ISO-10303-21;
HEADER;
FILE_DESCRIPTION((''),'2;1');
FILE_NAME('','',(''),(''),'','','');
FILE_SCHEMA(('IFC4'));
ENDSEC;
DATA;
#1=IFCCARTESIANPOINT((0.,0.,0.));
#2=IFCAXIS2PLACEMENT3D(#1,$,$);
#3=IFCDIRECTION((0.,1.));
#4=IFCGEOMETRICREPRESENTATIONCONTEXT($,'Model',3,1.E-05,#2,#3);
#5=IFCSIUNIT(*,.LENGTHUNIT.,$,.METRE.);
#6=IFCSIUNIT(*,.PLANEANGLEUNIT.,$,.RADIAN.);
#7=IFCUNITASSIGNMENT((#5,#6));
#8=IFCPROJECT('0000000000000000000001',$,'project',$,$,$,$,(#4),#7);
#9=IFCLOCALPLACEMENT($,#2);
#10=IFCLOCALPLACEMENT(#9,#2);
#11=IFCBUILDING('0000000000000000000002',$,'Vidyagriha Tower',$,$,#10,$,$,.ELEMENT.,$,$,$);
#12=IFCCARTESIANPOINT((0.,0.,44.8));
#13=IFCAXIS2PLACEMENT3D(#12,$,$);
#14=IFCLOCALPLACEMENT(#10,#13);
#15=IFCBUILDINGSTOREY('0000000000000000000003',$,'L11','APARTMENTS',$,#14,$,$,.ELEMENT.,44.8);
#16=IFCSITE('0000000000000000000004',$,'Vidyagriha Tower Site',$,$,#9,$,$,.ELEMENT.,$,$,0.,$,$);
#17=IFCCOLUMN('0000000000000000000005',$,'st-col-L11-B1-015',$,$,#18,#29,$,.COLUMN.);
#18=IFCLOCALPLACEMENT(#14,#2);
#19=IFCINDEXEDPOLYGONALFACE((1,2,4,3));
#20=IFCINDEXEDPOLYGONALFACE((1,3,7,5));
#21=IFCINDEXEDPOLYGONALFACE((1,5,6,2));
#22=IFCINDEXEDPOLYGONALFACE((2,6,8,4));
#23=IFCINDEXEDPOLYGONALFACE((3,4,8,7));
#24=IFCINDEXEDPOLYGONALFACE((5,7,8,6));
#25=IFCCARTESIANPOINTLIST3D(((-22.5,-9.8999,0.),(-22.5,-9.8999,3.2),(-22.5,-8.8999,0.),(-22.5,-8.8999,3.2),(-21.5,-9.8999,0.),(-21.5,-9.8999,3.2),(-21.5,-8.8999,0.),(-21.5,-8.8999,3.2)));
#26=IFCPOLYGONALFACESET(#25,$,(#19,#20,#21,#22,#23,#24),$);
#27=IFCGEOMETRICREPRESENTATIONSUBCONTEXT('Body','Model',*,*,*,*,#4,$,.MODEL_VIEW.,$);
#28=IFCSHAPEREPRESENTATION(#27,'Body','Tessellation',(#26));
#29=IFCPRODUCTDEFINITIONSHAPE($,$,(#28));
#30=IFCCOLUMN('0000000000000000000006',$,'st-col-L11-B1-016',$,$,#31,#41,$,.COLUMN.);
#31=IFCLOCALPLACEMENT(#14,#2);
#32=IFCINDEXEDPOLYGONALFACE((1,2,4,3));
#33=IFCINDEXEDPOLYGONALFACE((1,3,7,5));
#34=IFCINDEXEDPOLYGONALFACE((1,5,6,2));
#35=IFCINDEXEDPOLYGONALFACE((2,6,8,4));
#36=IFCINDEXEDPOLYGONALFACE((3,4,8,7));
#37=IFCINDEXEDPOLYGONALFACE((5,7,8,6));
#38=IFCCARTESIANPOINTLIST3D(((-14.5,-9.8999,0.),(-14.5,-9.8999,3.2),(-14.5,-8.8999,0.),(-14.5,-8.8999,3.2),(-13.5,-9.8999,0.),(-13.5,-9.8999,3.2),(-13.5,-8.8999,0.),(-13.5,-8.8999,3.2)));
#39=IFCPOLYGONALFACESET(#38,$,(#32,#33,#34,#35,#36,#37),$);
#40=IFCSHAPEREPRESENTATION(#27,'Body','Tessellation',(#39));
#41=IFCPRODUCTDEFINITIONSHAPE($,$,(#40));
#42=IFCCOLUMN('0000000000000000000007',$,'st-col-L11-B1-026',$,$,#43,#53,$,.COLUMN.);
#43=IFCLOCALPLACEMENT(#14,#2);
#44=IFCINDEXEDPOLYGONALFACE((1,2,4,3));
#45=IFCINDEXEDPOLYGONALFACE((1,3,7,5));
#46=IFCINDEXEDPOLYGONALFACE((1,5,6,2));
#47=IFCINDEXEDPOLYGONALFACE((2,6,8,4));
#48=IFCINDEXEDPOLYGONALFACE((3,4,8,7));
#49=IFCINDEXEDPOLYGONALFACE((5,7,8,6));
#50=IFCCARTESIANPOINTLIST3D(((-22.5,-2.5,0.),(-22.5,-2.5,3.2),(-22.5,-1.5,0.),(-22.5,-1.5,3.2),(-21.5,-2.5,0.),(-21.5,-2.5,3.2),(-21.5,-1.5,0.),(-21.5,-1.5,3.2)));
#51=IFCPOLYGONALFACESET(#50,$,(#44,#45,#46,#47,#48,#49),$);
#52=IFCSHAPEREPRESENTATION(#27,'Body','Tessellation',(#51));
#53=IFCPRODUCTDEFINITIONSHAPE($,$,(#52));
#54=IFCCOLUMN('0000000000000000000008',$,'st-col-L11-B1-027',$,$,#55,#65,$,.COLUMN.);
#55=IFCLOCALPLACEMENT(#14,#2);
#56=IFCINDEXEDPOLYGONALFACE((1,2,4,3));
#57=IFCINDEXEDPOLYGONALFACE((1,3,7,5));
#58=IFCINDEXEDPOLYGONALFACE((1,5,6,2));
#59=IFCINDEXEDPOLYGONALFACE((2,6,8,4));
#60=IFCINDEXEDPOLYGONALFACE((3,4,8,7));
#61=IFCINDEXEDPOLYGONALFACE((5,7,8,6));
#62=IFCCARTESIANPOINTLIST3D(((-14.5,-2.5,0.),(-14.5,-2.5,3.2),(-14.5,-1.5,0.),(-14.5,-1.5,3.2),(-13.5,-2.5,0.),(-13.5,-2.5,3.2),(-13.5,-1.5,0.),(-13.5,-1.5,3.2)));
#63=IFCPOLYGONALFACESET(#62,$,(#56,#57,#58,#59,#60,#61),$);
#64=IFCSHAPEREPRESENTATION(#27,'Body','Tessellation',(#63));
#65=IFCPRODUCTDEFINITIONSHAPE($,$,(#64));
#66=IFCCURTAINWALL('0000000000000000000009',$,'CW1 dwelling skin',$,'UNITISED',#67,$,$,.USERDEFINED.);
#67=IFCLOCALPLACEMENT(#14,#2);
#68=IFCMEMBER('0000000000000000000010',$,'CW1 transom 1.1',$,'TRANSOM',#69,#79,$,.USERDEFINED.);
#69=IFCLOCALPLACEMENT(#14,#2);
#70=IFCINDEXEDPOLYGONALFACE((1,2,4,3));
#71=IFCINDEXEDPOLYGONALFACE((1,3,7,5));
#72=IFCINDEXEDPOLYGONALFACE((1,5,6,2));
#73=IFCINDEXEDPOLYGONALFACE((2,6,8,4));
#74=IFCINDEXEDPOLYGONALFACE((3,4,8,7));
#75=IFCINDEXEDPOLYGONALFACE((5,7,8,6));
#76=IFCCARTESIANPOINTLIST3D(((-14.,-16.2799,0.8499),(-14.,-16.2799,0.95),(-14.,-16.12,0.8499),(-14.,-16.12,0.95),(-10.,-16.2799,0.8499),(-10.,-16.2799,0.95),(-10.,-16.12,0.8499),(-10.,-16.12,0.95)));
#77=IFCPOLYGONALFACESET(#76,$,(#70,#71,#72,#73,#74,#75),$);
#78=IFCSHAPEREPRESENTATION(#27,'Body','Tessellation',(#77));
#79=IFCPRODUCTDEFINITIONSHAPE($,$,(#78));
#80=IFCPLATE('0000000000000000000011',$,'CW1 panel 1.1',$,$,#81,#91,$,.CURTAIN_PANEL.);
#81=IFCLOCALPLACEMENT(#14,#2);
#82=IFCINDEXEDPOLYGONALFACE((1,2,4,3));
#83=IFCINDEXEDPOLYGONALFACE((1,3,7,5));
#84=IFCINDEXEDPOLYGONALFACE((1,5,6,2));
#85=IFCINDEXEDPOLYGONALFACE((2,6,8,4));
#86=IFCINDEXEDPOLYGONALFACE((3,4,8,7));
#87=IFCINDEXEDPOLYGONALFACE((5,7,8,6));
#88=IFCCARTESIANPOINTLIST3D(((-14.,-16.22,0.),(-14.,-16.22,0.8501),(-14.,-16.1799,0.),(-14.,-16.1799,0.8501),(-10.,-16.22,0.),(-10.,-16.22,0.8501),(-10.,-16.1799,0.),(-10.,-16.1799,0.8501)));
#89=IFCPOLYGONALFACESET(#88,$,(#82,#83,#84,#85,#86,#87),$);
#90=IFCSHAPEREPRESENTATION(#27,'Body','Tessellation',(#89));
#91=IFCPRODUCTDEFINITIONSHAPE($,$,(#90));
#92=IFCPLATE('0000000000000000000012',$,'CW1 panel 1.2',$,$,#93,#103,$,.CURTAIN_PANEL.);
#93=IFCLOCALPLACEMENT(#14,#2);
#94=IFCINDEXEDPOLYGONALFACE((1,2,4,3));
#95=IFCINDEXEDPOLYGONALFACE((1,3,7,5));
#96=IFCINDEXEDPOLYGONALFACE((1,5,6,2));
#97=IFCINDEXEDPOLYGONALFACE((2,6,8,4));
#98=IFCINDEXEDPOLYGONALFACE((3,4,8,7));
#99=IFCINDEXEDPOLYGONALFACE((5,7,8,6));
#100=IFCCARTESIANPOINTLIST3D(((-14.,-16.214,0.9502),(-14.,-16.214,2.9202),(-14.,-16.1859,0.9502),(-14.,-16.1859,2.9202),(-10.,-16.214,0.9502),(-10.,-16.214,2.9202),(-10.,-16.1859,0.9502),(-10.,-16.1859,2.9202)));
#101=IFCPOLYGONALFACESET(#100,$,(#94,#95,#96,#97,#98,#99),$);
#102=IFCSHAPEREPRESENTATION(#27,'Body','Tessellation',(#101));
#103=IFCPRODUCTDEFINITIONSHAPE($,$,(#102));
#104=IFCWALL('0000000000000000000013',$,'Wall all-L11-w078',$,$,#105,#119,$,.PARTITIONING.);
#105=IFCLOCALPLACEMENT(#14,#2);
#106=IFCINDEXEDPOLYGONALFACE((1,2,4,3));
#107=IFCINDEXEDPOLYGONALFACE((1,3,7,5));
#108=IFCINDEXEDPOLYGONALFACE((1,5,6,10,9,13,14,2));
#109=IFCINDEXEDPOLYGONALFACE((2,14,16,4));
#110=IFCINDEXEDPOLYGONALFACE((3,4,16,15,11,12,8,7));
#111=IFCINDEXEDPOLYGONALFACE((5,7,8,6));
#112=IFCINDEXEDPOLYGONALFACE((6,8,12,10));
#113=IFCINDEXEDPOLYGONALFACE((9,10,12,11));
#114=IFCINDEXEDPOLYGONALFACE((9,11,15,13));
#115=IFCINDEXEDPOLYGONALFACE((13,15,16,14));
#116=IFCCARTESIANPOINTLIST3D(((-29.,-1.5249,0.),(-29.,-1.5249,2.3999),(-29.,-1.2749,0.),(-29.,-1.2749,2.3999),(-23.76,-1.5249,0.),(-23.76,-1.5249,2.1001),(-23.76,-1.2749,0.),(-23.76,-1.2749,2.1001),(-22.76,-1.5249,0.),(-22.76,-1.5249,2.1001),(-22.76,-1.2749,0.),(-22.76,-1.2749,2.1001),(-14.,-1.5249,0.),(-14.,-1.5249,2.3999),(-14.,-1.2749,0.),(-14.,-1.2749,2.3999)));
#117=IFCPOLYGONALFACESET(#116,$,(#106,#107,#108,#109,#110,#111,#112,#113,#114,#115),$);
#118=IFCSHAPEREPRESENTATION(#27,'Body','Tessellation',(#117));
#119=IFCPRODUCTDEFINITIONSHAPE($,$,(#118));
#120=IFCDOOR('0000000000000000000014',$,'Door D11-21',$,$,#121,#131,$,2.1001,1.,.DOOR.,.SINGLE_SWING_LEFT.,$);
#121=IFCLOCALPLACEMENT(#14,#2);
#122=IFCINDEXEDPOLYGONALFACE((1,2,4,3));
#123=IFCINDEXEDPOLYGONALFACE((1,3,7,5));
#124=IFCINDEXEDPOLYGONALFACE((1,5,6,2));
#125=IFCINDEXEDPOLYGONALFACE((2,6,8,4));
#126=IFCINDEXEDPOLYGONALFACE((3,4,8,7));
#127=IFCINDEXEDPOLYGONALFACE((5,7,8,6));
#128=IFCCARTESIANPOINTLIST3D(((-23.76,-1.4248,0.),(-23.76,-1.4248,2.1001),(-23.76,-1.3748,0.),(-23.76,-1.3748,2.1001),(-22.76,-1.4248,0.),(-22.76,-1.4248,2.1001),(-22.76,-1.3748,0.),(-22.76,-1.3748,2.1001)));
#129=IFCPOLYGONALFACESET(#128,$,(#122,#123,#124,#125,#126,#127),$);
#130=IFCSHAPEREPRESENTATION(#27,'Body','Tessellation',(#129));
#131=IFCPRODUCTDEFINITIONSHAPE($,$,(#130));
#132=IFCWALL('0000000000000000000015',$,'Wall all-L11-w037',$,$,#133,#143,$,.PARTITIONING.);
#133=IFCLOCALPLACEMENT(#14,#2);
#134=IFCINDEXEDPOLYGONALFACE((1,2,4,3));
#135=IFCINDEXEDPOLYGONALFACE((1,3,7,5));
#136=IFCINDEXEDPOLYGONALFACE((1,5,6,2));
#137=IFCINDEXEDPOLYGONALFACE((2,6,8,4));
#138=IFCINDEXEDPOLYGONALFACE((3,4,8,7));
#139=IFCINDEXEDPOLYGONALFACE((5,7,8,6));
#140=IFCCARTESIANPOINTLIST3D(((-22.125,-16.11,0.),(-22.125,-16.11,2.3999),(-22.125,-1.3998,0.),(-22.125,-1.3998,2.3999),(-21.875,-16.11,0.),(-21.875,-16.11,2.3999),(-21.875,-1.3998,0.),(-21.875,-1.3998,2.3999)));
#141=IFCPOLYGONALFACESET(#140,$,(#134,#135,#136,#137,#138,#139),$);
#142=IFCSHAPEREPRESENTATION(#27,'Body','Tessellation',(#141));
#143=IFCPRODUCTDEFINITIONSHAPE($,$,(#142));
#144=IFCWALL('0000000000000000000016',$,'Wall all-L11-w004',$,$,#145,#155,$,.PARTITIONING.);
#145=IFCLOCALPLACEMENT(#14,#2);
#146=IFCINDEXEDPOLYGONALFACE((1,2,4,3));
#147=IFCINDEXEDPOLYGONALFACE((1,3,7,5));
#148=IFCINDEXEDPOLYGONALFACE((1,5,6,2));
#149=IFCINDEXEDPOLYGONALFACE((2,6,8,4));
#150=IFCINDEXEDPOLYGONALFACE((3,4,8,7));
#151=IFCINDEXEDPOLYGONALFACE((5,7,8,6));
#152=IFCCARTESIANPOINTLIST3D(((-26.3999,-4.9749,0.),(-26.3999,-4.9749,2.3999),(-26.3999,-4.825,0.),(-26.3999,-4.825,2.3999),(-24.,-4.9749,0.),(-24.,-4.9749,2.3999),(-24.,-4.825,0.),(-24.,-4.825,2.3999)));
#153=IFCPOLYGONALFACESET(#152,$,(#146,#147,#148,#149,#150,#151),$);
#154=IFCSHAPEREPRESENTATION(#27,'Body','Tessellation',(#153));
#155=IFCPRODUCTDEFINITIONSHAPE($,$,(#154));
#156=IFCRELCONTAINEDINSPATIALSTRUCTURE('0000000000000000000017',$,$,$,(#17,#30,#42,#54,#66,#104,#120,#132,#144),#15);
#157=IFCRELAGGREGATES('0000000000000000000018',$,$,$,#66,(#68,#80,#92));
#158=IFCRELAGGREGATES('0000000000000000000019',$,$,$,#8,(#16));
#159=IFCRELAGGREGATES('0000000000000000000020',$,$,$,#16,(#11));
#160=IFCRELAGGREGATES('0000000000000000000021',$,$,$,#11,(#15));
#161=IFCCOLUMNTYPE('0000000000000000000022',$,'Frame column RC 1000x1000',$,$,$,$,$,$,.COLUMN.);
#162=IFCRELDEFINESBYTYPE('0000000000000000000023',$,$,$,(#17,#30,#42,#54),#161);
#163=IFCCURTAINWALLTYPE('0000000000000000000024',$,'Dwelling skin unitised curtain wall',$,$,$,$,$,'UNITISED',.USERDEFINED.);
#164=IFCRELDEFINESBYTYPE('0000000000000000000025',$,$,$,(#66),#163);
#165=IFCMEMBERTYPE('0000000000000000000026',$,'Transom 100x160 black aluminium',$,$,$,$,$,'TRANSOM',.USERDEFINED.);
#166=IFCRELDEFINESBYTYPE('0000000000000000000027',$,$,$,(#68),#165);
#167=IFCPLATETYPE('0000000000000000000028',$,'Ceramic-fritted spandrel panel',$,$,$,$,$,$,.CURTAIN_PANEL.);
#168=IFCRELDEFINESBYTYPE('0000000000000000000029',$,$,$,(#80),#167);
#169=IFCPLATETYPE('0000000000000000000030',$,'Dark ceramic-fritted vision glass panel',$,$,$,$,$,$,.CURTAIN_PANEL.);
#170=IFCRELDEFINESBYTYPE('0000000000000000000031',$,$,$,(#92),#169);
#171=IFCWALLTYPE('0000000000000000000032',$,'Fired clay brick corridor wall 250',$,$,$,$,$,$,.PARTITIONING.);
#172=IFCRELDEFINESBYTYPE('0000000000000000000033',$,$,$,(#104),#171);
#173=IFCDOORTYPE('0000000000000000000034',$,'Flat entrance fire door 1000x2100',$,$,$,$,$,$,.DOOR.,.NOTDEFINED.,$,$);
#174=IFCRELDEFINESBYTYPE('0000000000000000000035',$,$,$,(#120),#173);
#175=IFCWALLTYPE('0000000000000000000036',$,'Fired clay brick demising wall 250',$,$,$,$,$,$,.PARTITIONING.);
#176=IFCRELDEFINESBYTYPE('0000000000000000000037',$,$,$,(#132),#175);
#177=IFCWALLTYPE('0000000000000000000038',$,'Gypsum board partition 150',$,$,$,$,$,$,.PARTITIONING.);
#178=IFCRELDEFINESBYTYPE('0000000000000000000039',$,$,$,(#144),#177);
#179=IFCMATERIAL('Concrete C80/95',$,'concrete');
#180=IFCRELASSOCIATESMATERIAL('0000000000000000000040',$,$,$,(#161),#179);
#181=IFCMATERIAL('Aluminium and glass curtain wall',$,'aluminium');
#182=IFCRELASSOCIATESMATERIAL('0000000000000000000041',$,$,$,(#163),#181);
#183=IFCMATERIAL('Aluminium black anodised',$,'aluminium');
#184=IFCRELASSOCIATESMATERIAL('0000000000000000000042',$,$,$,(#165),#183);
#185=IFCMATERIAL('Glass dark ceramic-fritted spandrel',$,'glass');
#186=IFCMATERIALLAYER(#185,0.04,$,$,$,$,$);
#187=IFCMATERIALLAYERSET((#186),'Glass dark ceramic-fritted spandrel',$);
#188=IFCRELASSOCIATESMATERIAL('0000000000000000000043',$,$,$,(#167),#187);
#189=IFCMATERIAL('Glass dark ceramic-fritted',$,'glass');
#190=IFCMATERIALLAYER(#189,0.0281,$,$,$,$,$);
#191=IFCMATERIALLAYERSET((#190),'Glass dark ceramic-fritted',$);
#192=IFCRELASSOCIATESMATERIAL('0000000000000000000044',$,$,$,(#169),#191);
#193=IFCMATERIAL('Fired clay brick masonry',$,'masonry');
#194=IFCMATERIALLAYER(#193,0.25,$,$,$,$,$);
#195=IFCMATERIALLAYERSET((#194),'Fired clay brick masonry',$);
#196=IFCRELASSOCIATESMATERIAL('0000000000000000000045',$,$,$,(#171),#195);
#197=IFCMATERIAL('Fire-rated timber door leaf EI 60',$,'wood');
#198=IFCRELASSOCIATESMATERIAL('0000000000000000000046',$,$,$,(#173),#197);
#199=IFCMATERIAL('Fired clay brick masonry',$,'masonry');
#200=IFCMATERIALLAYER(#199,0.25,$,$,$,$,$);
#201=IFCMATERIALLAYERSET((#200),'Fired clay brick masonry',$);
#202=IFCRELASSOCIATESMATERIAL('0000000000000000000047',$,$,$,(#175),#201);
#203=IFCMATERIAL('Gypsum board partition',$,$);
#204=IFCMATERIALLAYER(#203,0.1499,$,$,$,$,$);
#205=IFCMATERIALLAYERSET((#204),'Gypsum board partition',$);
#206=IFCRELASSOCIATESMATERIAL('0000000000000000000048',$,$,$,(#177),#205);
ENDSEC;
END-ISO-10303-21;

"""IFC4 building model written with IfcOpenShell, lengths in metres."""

from ifc_helpers import new_model, si_unit, direction, frame, frame_2d, origin, origin_2d, place, context, subcontext, project, spatial, rectangle, extrude, material, layer, layer_set, material_profile, profile_set, type_object, element, fill, aggregate, save


model = new_model("IFC4")

# Units and contexts
model_context = context("Model", 3, precision=1e-05, world=origin(), true_north=direction((0.0, 1.0)))
body_context = subcontext(model_context, "Body", "Model", "MODEL_VIEW")
ifc_project = project(units=[si_unit("LENGTHUNIT", "METRE"), si_unit("PLANEANGLEUNIT", "RADIAN")], contexts=[model_context])

# Site, building, storey
site_placement = place(None, origin())
site = spatial("IfcSite", under=ifc_project, at=site_placement, Name="Vidyagriha Tower Site", CompositionType="ELEMENT", RefElevation=0.0)
building_placement = place(site_placement, origin())
building = spatial("IfcBuilding", under=site, at=building_placement, Name="Vidyagriha Tower", CompositionType="ELEMENT")
storey_placement = place(building_placement, frame((0.0, 0.0, 44.8)))
storey = spatial("IfcBuildingStorey", under=building, at=storey_placement, Name="L11", Description="APARTMENTS", CompositionType="ELEMENT", Elevation=44.8)

# Columns
ifc_material_1 = material(Name="Concrete C80/95", Category="concrete")
ifc_material_profile_1 = material_profile(ifc_material_1, rectangle(XDim=1.0, YDim=1.0, at=origin_2d()), Name="RC 1000x1000")
ifc_profile_set_1 = profile_set([ifc_material_profile_1], Name="Concrete C80/95")
column_type = type_object("IfcColumnType", Name="Frame column RC 1000x1000", PredefinedType="COLUMN", material=ifc_profile_set_1)
for number, where, name in (
    (1, (-22.0, -9.3999, 0.0), "st-col-L11-B1-015"),
    (2, (-14.0, -9.3999, 0.0), "st-col-L11-B1-016"),
    (3, (-22.0, -2.0, 0.0), "st-col-L11-B1-026"),
    (4, (-14.0, -2.0, 0.0), "st-col-L11-B1-027"),
):
    element("IfcColumn", number, at=place(storey_placement, frame(where)), inside=storey, type_object=column_type, Name=name, PredefinedType="COLUMN", context=body_context, shape_type="SweptSolid", body=[
        extrude(rectangle(XDim=1.0, YDim=1.0, at=origin_2d()), origin(), (0.0, 0.0, 1.0), 3.2),
    ])

# Curtain wall, member, plates
ifc_material_2 = material(Name="Aluminium and glass curtain wall", Category="aluminium")
curtain_wall_type = type_object("IfcCurtainWallType", Name="Dwelling skin unitised curtain wall", ElementType="UNITISED", PredefinedType="USERDEFINED", material=ifc_material_2)
curtain_wall_placement = place(storey_placement, origin())
curtain_wall = element("IfcCurtainWall", 5, at=curtain_wall_placement, inside=storey, type_object=curtain_wall_type, Name="CW1 dwelling skin", ObjectType="UNITISED", PredefinedType="USERDEFINED")
ifc_material_3 = material(Name="Aluminium black anodised", Category="aluminium")
ifc_material_profile_2 = material_profile(ifc_material_3, rectangle(XDim=0.1599, YDim=0.1001, at=origin_2d()), Name="Transom 100x160 black aluminium")
ifc_profile_set_2 = profile_set([ifc_material_profile_2], Name="Aluminium black anodised")
member_type = type_object("IfcMemberType", Name="Transom 100x160 black aluminium", ElementType="TRANSOM", PredefinedType="USERDEFINED", material=ifc_profile_set_2)
member_placement = place(storey_placement, frame((-14.0, -16.2, 0.8999), z_axis=(1.0, 0.0, 0.0), x_axis=(0.0, 1.0, 0.0)))
member = element("IfcMember", 6, at=member_placement, type_object=member_type, Name="CW1 transom 1.1", ObjectType="TRANSOM", PredefinedType="USERDEFINED", context=body_context, shape_type="SweptSolid", body=[
    extrude(rectangle(XDim=0.1599, YDim=0.1001, at=origin_2d()), origin(), (0.0, 0.0, 1.0), 4.0),
])
ifc_material_4 = material(Name="Glass dark ceramic-fritted spandrel", Category="glass")
ifc_layer_1 = layer(ifc_material_4, 0.04)
ifc_layer_set_1 = layer_set([ifc_layer_1], Name="Glass dark ceramic-fritted spandrel")
plate_type_1 = type_object("IfcPlateType", Name="Ceramic-fritted spandrel panel", PredefinedType="CURTAIN_PANEL", material=ifc_layer_set_1)
plate_1_placement = place(storey_placement, frame((-12.0, -16.2, 0.0)))
plate_1 = element("IfcPlate", 7, at=plate_1_placement, type_object=plate_type_1, Name="CW1 panel 1.1", PredefinedType="CURTAIN_PANEL", context=body_context, shape_type="SweptSolid", body=[
    extrude(rectangle(XDim=4.0, YDim=0.04, at=origin_2d()), origin(), (0.0, 0.0, 1.0), 0.8501),
])
ifc_material_5 = material(Name="Glass dark ceramic-fritted", Category="glass")
ifc_layer_2 = layer(ifc_material_5, 0.0281)
ifc_layer_set_2 = layer_set([ifc_layer_2], Name="Glass dark ceramic-fritted")
plate_type_2 = type_object("IfcPlateType", Name="Dark ceramic-fritted vision glass panel", PredefinedType="CURTAIN_PANEL", material=ifc_layer_set_2)
plate_2_placement = place(storey_placement, frame((-12.0, -16.2, 0.9502)))
plate_2 = element("IfcPlate", 8, at=plate_2_placement, type_object=plate_type_2, Name="CW1 panel 1.2", PredefinedType="CURTAIN_PANEL", context=body_context, shape_type="SweptSolid", body=[
    extrude(rectangle(XDim=4.0, YDim=0.0281, at=origin_2d()), origin(), (0.0, 0.0, 1.0), 1.97),
])
aggregate(curtain_wall, [member, plate_1, plate_2])

# Wall, opening, door
ifc_material_6 = material(Name="Fired clay brick masonry", Category="masonry")
ifc_layer_3 = layer(ifc_material_6, 0.25)
ifc_layer_set_3 = layer_set([ifc_layer_3], Name="Fired clay brick masonry")
wall_type_1 = type_object("IfcWallType", Name="Fired clay brick corridor wall 250", PredefinedType="PARTITIONING", material=ifc_layer_set_3)
wall_1_placement = place(storey_placement, frame((-14.0, -1.3999, 0.0), z_axis=(0.0, 0.0, 1.0), x_axis=(-1.0, 0.0, 0.0)))
wall_1 = element("IfcWall", 9, at=wall_1_placement, inside=storey, type_object=wall_type_1, Name="Wall all-L11-w078", PredefinedType="PARTITIONING", context=body_context, shape_type="SweptSolid", body=[
    extrude(rectangle(XDim=15.0, YDim=0.25, at=frame_2d((7.5, 0.0))), origin(), (0.0, 0.0, 1.0), 2.3999),
])
opening_1_placement = place(wall_1_placement, frame((8.76, 0.0, 0.0)))
opening_1 = element("IfcOpeningElement", 10, at=opening_1_placement, cuts=wall_1, PredefinedType="OPENING", context=body_context, shape_type="SweptSolid", body=[
    extrude(rectangle(XDim=1.0, YDim=2.1001, at=frame_2d((0.5, 1.05))), frame((0.0, 0.135, 0.0), z_axis=(0.0, -1.0, 0.0), x_axis=(1.0, 0.0, 0.0)), (0.0, 0.0, 1.0), 0.27),
])
ifc_material_7 = material(Name="Fire-rated timber door leaf EI 60", Category="wood")
door_type_1 = type_object("IfcDoorType", Name="Flat entrance fire door 1000x2100", OperationType="NOTDEFINED", PredefinedType="DOOR", material=ifc_material_7)
door_1_placement = place(opening_1_placement, origin())
door_1 = element("IfcDoor", 11, at=door_1_placement, inside=storey, type_object=door_type_1, Name="Door D11-21", OperationType="SINGLE_SWING_LEFT", OverallHeight=2.1001, OverallWidth=1.0, PredefinedType="DOOR", context=body_context, shape_type="SweptSolid", body=[
    extrude(rectangle(XDim=1.0, YDim=2.1001, at=frame_2d((0.5, 1.05))), frame((0.0, 0.0249, 0.0), z_axis=(0.0, -1.0, 0.0), x_axis=(1.0, 0.0, 0.0)), (0.0, 0.0, 1.0), 0.05),
])
fill(opening_1, door_1)

# Walls
ifc_material_8 = material(Name="Fired clay brick masonry", Category="masonry")
ifc_layer_4 = layer(ifc_material_8, 0.25)
ifc_layer_set_4 = layer_set([ifc_layer_4], Name="Fired clay brick masonry")
wall_type_2 = type_object("IfcWallType", Name="Fired clay brick demising wall 250", PredefinedType="PARTITIONING", material=ifc_layer_set_4)
wall_2_placement = place(storey_placement, frame((-22.0, -1.3999, 0.0), z_axis=(0.0, 0.0, 1.0), x_axis=(0.0, -1.0, 0.0)))
element("IfcWall", 12, at=wall_2_placement, inside=storey, type_object=wall_type_2, Name="Wall all-L11-w037", PredefinedType="PARTITIONING", context=body_context, shape_type="SweptSolid", body=[
    extrude(rectangle(XDim=14.7102, YDim=0.25, at=frame_2d((7.355, 0.0))), origin(), (0.0, 0.0, 1.0), 2.3999),
])
ifc_material_9 = material(Name="Gypsum board partition")
ifc_layer_5 = layer(ifc_material_9, 0.1499)
ifc_layer_set_5 = layer_set([ifc_layer_5], Name="Gypsum board partition")
wall_type_3 = type_object("IfcWallType", Name="Gypsum board partition 150", PredefinedType="PARTITIONING", material=ifc_layer_set_5)
wall_3_placement = place(storey_placement, frame((-24.0, -4.8999, 0.0), z_axis=(0.0, 0.0, 1.0), x_axis=(-1.0, 0.0, 0.0)))
element("IfcWall", 13, at=wall_3_placement, inside=storey, type_object=wall_type_3, Name="Wall all-L11-w004", PredefinedType="PARTITIONING", context=body_context, shape_type="SweptSolid", body=[
    extrude(rectangle(XDim=2.3999, YDim=0.1499, at=frame_2d((1.2, 0.0))), origin(), (0.0, 0.0, 1.0), 2.3999),
])

save(model, "model.ifc")
